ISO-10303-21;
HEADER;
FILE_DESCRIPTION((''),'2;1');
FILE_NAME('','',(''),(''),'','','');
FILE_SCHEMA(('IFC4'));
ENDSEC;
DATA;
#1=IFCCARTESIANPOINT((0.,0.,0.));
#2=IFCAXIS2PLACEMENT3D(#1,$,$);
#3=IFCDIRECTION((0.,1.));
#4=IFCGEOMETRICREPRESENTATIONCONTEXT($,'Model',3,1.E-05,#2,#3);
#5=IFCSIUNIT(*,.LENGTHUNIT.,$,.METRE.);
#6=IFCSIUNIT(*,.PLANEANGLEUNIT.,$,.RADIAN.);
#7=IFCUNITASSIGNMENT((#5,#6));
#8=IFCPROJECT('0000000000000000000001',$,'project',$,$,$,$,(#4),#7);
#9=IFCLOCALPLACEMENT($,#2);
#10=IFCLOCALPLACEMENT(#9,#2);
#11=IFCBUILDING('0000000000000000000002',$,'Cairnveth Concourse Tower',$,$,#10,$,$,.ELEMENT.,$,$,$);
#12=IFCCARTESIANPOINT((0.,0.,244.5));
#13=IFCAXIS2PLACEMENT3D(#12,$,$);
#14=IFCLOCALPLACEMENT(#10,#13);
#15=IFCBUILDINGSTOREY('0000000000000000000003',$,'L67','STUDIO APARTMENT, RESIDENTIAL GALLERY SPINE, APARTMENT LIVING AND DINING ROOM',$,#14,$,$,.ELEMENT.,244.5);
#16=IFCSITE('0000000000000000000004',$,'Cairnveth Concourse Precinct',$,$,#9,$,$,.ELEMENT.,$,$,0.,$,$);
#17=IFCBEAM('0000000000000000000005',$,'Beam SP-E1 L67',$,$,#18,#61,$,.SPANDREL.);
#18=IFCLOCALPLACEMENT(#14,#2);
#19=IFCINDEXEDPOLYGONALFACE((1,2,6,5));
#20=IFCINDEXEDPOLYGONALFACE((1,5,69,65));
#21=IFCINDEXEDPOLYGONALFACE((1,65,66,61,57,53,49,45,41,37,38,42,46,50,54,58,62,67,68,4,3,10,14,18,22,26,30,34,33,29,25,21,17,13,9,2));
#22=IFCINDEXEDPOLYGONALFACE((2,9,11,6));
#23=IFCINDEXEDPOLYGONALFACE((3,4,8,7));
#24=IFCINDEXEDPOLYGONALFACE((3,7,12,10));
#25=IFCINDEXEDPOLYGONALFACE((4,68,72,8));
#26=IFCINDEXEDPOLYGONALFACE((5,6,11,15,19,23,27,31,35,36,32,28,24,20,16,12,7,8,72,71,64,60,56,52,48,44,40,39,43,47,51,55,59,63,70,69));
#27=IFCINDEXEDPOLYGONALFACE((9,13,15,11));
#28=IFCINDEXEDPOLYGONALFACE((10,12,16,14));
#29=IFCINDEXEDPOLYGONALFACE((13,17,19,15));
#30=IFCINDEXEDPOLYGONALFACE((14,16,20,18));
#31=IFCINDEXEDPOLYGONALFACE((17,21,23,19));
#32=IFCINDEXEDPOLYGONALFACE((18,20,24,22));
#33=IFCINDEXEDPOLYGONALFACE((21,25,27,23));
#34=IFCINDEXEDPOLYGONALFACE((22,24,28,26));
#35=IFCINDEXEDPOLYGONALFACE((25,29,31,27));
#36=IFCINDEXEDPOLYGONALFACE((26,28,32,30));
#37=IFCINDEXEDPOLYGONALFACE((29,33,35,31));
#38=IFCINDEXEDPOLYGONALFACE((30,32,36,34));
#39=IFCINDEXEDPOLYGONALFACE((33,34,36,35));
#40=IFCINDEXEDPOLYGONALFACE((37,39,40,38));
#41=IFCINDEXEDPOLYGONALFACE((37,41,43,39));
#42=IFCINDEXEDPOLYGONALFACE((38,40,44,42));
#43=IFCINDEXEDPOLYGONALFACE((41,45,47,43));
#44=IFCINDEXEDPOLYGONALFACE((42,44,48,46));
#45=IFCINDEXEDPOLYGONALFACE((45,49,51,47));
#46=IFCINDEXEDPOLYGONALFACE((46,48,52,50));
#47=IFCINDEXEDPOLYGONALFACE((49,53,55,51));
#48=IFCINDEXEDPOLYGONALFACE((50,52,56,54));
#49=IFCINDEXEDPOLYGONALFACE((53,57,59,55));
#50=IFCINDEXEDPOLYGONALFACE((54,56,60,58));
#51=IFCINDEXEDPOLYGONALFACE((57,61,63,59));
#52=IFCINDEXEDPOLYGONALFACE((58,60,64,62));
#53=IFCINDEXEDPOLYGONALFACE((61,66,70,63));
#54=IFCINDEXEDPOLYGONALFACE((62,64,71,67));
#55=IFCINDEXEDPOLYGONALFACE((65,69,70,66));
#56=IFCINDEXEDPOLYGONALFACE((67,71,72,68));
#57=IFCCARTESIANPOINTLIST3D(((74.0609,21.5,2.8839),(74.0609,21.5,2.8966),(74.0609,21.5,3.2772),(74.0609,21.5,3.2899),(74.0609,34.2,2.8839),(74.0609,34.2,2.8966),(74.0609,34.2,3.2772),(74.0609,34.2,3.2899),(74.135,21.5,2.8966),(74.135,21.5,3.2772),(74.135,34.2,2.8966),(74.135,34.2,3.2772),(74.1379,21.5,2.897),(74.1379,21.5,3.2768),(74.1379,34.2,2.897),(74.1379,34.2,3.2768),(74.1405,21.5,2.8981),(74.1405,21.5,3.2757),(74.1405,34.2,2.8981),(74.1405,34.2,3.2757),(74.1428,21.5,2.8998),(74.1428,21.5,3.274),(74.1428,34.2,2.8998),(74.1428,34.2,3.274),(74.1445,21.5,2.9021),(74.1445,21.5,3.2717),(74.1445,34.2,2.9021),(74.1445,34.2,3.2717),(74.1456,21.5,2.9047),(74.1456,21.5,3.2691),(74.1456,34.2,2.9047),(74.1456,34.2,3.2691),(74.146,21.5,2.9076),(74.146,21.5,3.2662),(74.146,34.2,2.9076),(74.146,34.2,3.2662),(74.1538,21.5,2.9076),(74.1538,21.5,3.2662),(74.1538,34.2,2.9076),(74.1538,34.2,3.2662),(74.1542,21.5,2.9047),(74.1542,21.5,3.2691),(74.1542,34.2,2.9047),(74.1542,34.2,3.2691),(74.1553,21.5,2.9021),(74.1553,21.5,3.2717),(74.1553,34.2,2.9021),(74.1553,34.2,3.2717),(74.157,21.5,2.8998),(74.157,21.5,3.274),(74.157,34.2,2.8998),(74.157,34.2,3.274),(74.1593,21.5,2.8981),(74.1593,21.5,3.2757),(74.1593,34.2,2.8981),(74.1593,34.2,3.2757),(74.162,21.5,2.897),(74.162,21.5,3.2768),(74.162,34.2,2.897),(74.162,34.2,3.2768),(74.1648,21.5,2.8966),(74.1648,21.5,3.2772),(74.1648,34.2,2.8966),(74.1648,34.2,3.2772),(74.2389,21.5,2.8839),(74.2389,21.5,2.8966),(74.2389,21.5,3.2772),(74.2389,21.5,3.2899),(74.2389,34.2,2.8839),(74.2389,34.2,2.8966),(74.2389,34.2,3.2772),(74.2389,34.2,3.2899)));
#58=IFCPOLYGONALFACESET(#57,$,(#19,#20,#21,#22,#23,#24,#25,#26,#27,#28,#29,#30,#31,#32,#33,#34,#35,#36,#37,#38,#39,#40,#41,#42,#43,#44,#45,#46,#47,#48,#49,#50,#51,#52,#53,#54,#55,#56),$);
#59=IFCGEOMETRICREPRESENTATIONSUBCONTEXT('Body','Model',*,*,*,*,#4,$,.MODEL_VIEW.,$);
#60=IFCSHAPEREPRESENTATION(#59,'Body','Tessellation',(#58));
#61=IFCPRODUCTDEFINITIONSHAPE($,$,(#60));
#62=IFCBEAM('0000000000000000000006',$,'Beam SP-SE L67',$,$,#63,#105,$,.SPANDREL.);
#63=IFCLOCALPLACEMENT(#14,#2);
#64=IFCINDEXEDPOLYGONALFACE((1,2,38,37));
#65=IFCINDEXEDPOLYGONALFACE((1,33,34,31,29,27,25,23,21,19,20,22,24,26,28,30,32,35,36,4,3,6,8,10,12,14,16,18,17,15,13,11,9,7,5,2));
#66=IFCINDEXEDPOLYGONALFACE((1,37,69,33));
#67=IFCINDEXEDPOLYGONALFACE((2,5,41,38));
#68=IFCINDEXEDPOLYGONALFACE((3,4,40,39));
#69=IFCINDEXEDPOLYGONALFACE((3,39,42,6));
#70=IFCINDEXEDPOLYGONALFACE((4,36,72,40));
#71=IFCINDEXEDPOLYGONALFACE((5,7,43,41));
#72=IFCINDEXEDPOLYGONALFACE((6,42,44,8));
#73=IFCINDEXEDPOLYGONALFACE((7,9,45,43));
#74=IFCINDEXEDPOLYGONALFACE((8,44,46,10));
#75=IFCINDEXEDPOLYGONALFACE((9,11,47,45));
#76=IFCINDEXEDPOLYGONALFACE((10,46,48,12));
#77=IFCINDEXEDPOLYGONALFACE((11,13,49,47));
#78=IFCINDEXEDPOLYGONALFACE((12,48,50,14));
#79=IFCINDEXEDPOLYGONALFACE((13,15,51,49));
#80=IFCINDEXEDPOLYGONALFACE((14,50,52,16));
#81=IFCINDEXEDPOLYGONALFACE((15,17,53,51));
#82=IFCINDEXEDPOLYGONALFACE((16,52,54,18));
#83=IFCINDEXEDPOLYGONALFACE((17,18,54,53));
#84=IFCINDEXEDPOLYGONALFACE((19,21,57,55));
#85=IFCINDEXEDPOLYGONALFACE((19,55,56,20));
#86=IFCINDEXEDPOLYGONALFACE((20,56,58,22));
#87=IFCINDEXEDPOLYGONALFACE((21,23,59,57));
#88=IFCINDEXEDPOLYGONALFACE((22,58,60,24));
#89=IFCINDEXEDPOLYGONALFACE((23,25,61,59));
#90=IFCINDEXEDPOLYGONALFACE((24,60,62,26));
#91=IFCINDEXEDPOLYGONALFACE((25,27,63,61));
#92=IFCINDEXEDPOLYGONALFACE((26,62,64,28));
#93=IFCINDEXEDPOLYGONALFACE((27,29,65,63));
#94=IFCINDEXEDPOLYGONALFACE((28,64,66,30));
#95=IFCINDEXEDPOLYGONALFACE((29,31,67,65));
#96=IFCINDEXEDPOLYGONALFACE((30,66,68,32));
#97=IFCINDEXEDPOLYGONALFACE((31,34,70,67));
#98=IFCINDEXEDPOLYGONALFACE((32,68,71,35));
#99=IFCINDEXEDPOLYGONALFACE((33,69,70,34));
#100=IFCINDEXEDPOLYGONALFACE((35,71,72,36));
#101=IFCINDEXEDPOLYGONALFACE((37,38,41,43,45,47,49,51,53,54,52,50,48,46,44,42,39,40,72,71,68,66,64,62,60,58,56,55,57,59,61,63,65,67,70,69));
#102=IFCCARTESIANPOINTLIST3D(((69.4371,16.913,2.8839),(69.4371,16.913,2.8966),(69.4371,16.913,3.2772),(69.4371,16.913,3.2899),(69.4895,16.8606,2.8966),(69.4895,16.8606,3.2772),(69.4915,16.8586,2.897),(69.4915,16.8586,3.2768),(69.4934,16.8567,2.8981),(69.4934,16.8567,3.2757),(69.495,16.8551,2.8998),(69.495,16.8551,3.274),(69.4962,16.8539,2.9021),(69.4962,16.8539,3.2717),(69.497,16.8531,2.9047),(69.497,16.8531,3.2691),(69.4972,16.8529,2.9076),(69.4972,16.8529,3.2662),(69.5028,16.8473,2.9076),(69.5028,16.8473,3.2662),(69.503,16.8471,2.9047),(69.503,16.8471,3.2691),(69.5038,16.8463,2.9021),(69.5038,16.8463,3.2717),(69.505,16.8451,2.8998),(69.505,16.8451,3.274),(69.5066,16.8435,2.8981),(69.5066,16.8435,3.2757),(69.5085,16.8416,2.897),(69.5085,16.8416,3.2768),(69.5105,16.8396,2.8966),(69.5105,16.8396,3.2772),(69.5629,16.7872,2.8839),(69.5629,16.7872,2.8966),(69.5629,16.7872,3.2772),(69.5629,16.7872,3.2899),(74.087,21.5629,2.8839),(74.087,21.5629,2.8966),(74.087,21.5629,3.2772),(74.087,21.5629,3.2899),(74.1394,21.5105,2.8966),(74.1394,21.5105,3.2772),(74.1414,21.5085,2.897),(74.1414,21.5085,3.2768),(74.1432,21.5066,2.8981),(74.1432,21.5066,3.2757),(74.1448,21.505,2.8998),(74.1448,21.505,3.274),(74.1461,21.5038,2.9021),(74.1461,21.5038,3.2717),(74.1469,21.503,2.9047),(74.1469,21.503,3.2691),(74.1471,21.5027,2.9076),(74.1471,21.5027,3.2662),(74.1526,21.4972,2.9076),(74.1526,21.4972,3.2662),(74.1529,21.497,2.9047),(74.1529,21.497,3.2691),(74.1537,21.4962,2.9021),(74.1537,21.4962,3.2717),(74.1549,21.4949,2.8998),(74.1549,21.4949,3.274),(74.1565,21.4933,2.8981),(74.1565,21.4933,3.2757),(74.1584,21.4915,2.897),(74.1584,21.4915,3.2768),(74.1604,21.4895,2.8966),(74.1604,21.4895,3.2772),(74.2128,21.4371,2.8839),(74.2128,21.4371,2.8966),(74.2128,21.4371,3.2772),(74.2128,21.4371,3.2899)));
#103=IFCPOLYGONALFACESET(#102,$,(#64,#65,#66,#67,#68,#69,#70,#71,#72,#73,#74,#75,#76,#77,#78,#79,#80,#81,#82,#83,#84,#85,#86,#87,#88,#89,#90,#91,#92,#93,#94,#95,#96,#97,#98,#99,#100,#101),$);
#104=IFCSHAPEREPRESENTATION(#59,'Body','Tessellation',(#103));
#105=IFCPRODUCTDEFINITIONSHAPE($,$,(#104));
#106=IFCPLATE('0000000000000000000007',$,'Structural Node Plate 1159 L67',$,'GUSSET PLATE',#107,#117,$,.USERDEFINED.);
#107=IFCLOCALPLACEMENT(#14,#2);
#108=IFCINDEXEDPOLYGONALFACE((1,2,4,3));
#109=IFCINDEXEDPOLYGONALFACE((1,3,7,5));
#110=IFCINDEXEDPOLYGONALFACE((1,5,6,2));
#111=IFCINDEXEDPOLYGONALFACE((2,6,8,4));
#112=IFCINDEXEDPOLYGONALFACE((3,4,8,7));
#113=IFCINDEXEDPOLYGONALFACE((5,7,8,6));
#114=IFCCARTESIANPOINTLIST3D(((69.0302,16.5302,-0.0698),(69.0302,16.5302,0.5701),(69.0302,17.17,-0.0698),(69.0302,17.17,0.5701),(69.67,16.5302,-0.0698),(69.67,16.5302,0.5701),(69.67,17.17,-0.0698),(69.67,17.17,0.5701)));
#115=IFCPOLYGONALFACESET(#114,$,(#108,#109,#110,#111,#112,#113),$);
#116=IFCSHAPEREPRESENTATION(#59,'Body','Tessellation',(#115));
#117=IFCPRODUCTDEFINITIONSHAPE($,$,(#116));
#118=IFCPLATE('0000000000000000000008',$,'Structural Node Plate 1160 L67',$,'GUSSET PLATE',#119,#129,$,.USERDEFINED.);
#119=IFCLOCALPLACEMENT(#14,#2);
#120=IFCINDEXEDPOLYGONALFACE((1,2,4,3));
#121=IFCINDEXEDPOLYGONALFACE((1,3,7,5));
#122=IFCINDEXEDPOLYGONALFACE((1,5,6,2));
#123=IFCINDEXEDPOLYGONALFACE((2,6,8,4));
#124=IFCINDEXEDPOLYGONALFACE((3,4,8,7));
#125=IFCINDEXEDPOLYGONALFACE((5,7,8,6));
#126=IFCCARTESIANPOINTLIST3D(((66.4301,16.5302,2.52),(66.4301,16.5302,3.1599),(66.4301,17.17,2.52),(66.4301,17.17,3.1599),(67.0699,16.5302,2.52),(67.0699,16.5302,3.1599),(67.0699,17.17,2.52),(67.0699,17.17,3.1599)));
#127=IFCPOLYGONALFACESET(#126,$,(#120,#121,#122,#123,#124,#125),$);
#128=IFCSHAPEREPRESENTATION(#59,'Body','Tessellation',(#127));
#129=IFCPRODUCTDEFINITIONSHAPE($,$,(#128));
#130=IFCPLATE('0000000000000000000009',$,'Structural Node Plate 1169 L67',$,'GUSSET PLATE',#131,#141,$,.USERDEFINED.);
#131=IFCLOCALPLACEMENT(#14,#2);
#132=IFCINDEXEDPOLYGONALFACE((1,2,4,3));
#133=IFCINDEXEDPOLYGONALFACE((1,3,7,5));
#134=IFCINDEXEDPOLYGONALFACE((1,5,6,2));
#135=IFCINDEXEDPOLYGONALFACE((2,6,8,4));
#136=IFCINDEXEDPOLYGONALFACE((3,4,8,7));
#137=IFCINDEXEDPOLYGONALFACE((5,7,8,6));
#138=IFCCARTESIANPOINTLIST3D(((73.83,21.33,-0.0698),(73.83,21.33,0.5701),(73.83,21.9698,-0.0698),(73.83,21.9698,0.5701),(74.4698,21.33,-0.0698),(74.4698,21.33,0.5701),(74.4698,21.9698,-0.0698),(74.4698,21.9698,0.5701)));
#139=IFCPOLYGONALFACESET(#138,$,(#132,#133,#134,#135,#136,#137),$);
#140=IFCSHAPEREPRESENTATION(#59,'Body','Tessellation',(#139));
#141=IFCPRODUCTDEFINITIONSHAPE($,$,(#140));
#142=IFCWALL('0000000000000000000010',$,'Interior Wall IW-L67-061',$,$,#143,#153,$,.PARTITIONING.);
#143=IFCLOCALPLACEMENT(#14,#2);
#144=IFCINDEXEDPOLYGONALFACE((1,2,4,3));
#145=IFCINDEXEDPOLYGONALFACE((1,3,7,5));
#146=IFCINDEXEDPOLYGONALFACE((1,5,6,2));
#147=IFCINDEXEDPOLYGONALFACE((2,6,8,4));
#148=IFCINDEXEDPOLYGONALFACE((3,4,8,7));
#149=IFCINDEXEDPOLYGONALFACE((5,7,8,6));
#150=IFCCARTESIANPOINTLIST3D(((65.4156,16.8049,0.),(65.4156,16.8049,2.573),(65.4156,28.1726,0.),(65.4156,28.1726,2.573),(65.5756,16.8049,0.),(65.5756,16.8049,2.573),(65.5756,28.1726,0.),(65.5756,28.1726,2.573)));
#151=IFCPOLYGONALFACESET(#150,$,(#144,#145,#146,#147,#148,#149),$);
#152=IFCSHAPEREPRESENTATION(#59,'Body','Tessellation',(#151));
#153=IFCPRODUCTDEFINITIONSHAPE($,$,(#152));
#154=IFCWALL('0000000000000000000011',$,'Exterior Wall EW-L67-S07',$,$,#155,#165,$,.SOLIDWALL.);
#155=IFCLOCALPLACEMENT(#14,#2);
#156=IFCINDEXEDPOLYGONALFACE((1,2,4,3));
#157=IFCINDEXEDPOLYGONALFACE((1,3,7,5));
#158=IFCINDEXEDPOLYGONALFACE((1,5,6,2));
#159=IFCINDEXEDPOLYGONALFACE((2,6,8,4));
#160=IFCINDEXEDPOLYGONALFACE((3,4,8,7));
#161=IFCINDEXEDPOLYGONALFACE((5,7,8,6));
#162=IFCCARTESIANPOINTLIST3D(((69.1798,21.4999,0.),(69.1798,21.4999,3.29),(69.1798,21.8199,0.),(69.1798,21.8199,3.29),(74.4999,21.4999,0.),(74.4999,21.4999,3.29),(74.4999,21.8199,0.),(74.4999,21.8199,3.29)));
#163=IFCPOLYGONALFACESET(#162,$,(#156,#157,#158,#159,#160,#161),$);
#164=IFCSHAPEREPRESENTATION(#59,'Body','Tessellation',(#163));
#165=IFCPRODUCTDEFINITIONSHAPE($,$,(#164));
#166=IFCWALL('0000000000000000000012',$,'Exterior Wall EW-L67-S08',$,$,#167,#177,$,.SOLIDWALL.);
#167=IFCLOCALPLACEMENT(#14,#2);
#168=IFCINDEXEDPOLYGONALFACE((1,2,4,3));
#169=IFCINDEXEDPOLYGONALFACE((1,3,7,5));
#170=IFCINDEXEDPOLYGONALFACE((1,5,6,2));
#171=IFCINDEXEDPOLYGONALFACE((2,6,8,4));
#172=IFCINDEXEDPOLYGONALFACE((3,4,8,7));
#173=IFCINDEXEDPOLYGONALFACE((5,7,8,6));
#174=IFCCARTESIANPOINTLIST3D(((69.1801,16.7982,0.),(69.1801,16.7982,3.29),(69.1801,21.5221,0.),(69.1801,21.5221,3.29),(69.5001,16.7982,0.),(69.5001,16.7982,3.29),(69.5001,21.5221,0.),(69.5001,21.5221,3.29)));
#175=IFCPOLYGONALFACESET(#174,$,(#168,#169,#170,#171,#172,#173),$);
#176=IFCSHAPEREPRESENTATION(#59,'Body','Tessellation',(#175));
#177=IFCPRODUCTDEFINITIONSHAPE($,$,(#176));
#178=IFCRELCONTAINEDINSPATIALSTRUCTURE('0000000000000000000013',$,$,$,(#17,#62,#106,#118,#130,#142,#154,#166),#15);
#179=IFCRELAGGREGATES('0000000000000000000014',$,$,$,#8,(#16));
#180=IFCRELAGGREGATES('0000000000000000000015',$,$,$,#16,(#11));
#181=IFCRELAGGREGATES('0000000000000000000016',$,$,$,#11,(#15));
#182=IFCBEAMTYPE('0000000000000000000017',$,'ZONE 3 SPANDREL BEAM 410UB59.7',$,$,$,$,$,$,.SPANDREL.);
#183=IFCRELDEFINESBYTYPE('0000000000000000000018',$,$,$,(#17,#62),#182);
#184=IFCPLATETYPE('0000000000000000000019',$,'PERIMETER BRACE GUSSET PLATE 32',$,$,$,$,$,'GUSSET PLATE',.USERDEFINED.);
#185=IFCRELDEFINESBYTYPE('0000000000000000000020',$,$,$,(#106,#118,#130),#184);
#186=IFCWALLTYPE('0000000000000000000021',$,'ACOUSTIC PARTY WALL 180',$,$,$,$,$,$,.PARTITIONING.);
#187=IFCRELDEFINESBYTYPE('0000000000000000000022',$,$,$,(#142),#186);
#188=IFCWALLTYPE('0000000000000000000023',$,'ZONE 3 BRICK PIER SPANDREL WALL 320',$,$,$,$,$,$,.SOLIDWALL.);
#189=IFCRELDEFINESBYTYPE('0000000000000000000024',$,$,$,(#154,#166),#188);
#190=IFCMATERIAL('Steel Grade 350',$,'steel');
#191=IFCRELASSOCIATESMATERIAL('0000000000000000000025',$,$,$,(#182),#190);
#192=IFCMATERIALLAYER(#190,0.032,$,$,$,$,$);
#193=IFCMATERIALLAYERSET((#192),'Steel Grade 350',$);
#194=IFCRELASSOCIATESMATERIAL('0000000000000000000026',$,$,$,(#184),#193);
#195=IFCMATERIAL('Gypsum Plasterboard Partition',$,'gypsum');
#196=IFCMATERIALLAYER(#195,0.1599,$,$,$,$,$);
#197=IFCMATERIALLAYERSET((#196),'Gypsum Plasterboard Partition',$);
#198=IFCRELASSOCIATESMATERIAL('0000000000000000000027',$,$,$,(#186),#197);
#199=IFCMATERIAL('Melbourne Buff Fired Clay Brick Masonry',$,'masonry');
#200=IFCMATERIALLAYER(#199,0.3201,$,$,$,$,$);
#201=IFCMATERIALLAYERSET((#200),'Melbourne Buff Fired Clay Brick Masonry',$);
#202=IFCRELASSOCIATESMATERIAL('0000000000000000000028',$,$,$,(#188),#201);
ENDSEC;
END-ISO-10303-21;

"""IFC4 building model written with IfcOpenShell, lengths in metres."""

from ifc_helpers import new_model, si_unit, direction, frame, frame_2d, origin, origin_2d, place, context, subcontext, project, spatial, rectangle, i_section, extrude, material, layer, layer_set, material_profile, profile_set, type_object, element, save


model = new_model("IFC4")

# Units and contexts
model_context = context("Model", 3, precision=1e-05, world=origin(), true_north=direction((0.0, 1.0)))
body_context = subcontext(model_context, "Body", "Model", "MODEL_VIEW")
ifc_project = project(units=[si_unit("LENGTHUNIT", "METRE"), si_unit("PLANEANGLEUNIT", "RADIAN")], contexts=[model_context])

# Site, building, storey
site_placement = place(None, origin())
site = spatial("IfcSite", under=ifc_project, at=site_placement, Name="Cairnveth Concourse Precinct", CompositionType="ELEMENT", RefElevation=0.0)
building_placement = place(site_placement, origin())
building = spatial("IfcBuilding", under=site, at=building_placement, Name="Cairnveth Concourse Tower", CompositionType="ELEMENT")
storey_placement = place(building_placement, frame((0.0, 0.0, 244.5)))
storey = spatial("IfcBuildingStorey", under=building, at=storey_placement, Name="L67", Description="STUDIO APARTMENT, RESIDENTIAL GALLERY SPINE, APARTMENT LIVING AND DINING ROOM", CompositionType="ELEMENT", Elevation=244.5)

# Shared definitions
ifc_material_1 = material(Name="Steel Grade 350", Category="steel")

# Beams
ifc_material_profile_1 = material_profile(ifc_material_1, i_section(OverallWidth=0.178, OverallDepth=0.406, WebThickness=0.0078, FlangeThickness=0.0127, FilletRadius=0.011, at=origin_2d()), Name="410UB59.7")
ifc_profile_set_1 = profile_set([ifc_material_profile_1], Name="Steel Grade 350")
beam_type_1 = type_object("IfcBeamType", Name="ZONE 3 SPANDREL BEAM 410UB59.7", PredefinedType="SPANDREL", material=ifc_profile_set_1)
beam_1_placement = place(storey_placement, frame((74.1499, 21.5, 3.0869), z_axis=(0.0, 1.0, 0.0), x_axis=(-1.0, 0.0, 0.0)))
element("IfcBeam", 1, at=beam_1_placement, inside=storey, type_object=beam_type_1, Name="Beam SP-E1 L67", PredefinedType="SPANDREL", context=body_context, shape_type="SweptSolid", body=[
    extrude(i_section(OverallWidth=0.178, OverallDepth=0.406, WebThickness=0.0078, FlangeThickness=0.0127, FilletRadius=0.011, at=origin_2d()), origin(), (0.0, 0.0, 1.0), 12.7),
])
beam_2_placement = place(storey_placement, frame((69.5, 16.8501, 3.0869), z_axis=(0.707107, 0.707107, 0.0), x_axis=(-0.707107, 0.707107, 0.0)))
element("IfcBeam", 2, at=beam_2_placement, inside=storey, type_object=beam_type_1, Name="Beam SP-SE L67", PredefinedType="SPANDREL", context=body_context, shape_type="SweptSolid", body=[
    extrude(i_section(OverallWidth=0.178, OverallDepth=0.406, WebThickness=0.0078, FlangeThickness=0.0127, FilletRadius=0.011, at=origin_2d()), origin(), (0.0, 0.0, 1.0), 6.5759),
])

# Plates
ifc_layer_1 = layer(ifc_material_1, 0.032)
ifc_layer_set_1 = layer_set([ifc_layer_1], Name="Steel Grade 350")
plate_type = type_object("IfcPlateType", Name="PERIMETER BRACE GUSSET PLATE 32", ElementType="GUSSET PLATE", PredefinedType="USERDEFINED", material=ifc_layer_set_1)
for number, where, z_axis, x_axis, name in (
    (3, (69.3501, 16.8501, -0.0698), (0.0, 0.0, 1.0), (1.0, 0.0, 0.0), "Structural Node Plate 1159 L67"),
    (4, (66.75, 16.8501, 2.52), (0.0, 0.0, 1.0), (1.0, 0.0, 0.0), "Structural Node Plate 1160 L67"),
    (5, (74.1499, 21.6499, -0.0698), (0.0, 0.0, 1.0), (1.0, 0.0, 0.0), "Structural Node Plate 1169 L67"),
):
    element("IfcPlate", number, at=place(storey_placement, frame(where, z_axis=z_axis, x_axis=x_axis)), inside=storey, type_object=plate_type, Name=name, ObjectType="GUSSET PLATE", PredefinedType="USERDEFINED", context=body_context, shape_type="SweptSolid", body=[
        extrude(rectangle(XDim=0.6399, YDim=0.6399, at=origin_2d()), origin(), (0.0, 0.0, 1.0), 0.6399),
    ])

# Walls
ifc_material_2 = material(Name="Gypsum Plasterboard Partition", Category="gypsum")
ifc_layer_2 = layer(ifc_material_2, 0.1599)
ifc_layer_set_2 = layer_set([ifc_layer_2], Name="Gypsum Plasterboard Partition")
wall_type_1 = type_object("IfcWallType", Name="ACOUSTIC PARTY WALL 180", PredefinedType="PARTITIONING", material=ifc_layer_set_2)
wall_1_placement = place(storey_placement, frame((65.4956, 16.8049, 0.0), z_axis=(0.0, 0.0, 1.0), x_axis=(0.0, 1.0, 0.0)))
element("IfcWall", 6, at=wall_1_placement, inside=storey, type_object=wall_type_1, Name="Interior Wall IW-L67-061", PredefinedType="PARTITIONING", context=body_context, shape_type="SweptSolid", body=[
    extrude(rectangle(XDim=11.3677, YDim=0.1599, at=frame_2d((5.6838, 0.0))), origin(), (0.0, 0.0, 1.0), 2.573),
])
ifc_material_3 = material(Name="Melbourne Buff Fired Clay Brick Masonry", Category="masonry")
ifc_layer_3 = layer(ifc_material_3, 0.3201)
ifc_layer_set_3 = layer_set([ifc_layer_3], Name="Melbourne Buff Fired Clay Brick Masonry")
wall_type_2 = type_object("IfcWallType", Name="ZONE 3 BRICK PIER SPANDREL WALL 320", PredefinedType="SOLIDWALL", material=ifc_layer_set_3)
wall_2_placement = place(storey_placement, frame((74.5, 21.6599, 0.0), z_axis=(0.0, 0.0, 1.0), x_axis=(-1.0, 0.0, 0.0)))
element("IfcWall", 7, at=wall_2_placement, inside=storey, type_object=wall_type_2, Name="Exterior Wall EW-L67-S07", PredefinedType="SOLIDWALL", context=body_context, shape_type="SweptSolid", body=[
    extrude(rectangle(XDim=5.3201, YDim=0.3201, at=frame_2d((2.6602, 0.0))), origin(), (0.0, 0.0, 1.0), 3.29),
])
wall_3_placement = place(storey_placement, frame((69.3401, 21.522, 0.0), z_axis=(0.0, 0.0, 1.0), x_axis=(0.0, -1.0, 0.0)))
element("IfcWall", 8, at=wall_3_placement, inside=storey, type_object=wall_type_2, Name="Exterior Wall EW-L67-S08", PredefinedType="SOLIDWALL", context=body_context, shape_type="SweptSolid", body=[
    extrude(rectangle(XDim=4.7239, YDim=0.3201, at=frame_2d((2.3618, 0.0))), origin(), (0.0, 0.0, 1.0), 3.29),
])

save(model, "model.ifc")
